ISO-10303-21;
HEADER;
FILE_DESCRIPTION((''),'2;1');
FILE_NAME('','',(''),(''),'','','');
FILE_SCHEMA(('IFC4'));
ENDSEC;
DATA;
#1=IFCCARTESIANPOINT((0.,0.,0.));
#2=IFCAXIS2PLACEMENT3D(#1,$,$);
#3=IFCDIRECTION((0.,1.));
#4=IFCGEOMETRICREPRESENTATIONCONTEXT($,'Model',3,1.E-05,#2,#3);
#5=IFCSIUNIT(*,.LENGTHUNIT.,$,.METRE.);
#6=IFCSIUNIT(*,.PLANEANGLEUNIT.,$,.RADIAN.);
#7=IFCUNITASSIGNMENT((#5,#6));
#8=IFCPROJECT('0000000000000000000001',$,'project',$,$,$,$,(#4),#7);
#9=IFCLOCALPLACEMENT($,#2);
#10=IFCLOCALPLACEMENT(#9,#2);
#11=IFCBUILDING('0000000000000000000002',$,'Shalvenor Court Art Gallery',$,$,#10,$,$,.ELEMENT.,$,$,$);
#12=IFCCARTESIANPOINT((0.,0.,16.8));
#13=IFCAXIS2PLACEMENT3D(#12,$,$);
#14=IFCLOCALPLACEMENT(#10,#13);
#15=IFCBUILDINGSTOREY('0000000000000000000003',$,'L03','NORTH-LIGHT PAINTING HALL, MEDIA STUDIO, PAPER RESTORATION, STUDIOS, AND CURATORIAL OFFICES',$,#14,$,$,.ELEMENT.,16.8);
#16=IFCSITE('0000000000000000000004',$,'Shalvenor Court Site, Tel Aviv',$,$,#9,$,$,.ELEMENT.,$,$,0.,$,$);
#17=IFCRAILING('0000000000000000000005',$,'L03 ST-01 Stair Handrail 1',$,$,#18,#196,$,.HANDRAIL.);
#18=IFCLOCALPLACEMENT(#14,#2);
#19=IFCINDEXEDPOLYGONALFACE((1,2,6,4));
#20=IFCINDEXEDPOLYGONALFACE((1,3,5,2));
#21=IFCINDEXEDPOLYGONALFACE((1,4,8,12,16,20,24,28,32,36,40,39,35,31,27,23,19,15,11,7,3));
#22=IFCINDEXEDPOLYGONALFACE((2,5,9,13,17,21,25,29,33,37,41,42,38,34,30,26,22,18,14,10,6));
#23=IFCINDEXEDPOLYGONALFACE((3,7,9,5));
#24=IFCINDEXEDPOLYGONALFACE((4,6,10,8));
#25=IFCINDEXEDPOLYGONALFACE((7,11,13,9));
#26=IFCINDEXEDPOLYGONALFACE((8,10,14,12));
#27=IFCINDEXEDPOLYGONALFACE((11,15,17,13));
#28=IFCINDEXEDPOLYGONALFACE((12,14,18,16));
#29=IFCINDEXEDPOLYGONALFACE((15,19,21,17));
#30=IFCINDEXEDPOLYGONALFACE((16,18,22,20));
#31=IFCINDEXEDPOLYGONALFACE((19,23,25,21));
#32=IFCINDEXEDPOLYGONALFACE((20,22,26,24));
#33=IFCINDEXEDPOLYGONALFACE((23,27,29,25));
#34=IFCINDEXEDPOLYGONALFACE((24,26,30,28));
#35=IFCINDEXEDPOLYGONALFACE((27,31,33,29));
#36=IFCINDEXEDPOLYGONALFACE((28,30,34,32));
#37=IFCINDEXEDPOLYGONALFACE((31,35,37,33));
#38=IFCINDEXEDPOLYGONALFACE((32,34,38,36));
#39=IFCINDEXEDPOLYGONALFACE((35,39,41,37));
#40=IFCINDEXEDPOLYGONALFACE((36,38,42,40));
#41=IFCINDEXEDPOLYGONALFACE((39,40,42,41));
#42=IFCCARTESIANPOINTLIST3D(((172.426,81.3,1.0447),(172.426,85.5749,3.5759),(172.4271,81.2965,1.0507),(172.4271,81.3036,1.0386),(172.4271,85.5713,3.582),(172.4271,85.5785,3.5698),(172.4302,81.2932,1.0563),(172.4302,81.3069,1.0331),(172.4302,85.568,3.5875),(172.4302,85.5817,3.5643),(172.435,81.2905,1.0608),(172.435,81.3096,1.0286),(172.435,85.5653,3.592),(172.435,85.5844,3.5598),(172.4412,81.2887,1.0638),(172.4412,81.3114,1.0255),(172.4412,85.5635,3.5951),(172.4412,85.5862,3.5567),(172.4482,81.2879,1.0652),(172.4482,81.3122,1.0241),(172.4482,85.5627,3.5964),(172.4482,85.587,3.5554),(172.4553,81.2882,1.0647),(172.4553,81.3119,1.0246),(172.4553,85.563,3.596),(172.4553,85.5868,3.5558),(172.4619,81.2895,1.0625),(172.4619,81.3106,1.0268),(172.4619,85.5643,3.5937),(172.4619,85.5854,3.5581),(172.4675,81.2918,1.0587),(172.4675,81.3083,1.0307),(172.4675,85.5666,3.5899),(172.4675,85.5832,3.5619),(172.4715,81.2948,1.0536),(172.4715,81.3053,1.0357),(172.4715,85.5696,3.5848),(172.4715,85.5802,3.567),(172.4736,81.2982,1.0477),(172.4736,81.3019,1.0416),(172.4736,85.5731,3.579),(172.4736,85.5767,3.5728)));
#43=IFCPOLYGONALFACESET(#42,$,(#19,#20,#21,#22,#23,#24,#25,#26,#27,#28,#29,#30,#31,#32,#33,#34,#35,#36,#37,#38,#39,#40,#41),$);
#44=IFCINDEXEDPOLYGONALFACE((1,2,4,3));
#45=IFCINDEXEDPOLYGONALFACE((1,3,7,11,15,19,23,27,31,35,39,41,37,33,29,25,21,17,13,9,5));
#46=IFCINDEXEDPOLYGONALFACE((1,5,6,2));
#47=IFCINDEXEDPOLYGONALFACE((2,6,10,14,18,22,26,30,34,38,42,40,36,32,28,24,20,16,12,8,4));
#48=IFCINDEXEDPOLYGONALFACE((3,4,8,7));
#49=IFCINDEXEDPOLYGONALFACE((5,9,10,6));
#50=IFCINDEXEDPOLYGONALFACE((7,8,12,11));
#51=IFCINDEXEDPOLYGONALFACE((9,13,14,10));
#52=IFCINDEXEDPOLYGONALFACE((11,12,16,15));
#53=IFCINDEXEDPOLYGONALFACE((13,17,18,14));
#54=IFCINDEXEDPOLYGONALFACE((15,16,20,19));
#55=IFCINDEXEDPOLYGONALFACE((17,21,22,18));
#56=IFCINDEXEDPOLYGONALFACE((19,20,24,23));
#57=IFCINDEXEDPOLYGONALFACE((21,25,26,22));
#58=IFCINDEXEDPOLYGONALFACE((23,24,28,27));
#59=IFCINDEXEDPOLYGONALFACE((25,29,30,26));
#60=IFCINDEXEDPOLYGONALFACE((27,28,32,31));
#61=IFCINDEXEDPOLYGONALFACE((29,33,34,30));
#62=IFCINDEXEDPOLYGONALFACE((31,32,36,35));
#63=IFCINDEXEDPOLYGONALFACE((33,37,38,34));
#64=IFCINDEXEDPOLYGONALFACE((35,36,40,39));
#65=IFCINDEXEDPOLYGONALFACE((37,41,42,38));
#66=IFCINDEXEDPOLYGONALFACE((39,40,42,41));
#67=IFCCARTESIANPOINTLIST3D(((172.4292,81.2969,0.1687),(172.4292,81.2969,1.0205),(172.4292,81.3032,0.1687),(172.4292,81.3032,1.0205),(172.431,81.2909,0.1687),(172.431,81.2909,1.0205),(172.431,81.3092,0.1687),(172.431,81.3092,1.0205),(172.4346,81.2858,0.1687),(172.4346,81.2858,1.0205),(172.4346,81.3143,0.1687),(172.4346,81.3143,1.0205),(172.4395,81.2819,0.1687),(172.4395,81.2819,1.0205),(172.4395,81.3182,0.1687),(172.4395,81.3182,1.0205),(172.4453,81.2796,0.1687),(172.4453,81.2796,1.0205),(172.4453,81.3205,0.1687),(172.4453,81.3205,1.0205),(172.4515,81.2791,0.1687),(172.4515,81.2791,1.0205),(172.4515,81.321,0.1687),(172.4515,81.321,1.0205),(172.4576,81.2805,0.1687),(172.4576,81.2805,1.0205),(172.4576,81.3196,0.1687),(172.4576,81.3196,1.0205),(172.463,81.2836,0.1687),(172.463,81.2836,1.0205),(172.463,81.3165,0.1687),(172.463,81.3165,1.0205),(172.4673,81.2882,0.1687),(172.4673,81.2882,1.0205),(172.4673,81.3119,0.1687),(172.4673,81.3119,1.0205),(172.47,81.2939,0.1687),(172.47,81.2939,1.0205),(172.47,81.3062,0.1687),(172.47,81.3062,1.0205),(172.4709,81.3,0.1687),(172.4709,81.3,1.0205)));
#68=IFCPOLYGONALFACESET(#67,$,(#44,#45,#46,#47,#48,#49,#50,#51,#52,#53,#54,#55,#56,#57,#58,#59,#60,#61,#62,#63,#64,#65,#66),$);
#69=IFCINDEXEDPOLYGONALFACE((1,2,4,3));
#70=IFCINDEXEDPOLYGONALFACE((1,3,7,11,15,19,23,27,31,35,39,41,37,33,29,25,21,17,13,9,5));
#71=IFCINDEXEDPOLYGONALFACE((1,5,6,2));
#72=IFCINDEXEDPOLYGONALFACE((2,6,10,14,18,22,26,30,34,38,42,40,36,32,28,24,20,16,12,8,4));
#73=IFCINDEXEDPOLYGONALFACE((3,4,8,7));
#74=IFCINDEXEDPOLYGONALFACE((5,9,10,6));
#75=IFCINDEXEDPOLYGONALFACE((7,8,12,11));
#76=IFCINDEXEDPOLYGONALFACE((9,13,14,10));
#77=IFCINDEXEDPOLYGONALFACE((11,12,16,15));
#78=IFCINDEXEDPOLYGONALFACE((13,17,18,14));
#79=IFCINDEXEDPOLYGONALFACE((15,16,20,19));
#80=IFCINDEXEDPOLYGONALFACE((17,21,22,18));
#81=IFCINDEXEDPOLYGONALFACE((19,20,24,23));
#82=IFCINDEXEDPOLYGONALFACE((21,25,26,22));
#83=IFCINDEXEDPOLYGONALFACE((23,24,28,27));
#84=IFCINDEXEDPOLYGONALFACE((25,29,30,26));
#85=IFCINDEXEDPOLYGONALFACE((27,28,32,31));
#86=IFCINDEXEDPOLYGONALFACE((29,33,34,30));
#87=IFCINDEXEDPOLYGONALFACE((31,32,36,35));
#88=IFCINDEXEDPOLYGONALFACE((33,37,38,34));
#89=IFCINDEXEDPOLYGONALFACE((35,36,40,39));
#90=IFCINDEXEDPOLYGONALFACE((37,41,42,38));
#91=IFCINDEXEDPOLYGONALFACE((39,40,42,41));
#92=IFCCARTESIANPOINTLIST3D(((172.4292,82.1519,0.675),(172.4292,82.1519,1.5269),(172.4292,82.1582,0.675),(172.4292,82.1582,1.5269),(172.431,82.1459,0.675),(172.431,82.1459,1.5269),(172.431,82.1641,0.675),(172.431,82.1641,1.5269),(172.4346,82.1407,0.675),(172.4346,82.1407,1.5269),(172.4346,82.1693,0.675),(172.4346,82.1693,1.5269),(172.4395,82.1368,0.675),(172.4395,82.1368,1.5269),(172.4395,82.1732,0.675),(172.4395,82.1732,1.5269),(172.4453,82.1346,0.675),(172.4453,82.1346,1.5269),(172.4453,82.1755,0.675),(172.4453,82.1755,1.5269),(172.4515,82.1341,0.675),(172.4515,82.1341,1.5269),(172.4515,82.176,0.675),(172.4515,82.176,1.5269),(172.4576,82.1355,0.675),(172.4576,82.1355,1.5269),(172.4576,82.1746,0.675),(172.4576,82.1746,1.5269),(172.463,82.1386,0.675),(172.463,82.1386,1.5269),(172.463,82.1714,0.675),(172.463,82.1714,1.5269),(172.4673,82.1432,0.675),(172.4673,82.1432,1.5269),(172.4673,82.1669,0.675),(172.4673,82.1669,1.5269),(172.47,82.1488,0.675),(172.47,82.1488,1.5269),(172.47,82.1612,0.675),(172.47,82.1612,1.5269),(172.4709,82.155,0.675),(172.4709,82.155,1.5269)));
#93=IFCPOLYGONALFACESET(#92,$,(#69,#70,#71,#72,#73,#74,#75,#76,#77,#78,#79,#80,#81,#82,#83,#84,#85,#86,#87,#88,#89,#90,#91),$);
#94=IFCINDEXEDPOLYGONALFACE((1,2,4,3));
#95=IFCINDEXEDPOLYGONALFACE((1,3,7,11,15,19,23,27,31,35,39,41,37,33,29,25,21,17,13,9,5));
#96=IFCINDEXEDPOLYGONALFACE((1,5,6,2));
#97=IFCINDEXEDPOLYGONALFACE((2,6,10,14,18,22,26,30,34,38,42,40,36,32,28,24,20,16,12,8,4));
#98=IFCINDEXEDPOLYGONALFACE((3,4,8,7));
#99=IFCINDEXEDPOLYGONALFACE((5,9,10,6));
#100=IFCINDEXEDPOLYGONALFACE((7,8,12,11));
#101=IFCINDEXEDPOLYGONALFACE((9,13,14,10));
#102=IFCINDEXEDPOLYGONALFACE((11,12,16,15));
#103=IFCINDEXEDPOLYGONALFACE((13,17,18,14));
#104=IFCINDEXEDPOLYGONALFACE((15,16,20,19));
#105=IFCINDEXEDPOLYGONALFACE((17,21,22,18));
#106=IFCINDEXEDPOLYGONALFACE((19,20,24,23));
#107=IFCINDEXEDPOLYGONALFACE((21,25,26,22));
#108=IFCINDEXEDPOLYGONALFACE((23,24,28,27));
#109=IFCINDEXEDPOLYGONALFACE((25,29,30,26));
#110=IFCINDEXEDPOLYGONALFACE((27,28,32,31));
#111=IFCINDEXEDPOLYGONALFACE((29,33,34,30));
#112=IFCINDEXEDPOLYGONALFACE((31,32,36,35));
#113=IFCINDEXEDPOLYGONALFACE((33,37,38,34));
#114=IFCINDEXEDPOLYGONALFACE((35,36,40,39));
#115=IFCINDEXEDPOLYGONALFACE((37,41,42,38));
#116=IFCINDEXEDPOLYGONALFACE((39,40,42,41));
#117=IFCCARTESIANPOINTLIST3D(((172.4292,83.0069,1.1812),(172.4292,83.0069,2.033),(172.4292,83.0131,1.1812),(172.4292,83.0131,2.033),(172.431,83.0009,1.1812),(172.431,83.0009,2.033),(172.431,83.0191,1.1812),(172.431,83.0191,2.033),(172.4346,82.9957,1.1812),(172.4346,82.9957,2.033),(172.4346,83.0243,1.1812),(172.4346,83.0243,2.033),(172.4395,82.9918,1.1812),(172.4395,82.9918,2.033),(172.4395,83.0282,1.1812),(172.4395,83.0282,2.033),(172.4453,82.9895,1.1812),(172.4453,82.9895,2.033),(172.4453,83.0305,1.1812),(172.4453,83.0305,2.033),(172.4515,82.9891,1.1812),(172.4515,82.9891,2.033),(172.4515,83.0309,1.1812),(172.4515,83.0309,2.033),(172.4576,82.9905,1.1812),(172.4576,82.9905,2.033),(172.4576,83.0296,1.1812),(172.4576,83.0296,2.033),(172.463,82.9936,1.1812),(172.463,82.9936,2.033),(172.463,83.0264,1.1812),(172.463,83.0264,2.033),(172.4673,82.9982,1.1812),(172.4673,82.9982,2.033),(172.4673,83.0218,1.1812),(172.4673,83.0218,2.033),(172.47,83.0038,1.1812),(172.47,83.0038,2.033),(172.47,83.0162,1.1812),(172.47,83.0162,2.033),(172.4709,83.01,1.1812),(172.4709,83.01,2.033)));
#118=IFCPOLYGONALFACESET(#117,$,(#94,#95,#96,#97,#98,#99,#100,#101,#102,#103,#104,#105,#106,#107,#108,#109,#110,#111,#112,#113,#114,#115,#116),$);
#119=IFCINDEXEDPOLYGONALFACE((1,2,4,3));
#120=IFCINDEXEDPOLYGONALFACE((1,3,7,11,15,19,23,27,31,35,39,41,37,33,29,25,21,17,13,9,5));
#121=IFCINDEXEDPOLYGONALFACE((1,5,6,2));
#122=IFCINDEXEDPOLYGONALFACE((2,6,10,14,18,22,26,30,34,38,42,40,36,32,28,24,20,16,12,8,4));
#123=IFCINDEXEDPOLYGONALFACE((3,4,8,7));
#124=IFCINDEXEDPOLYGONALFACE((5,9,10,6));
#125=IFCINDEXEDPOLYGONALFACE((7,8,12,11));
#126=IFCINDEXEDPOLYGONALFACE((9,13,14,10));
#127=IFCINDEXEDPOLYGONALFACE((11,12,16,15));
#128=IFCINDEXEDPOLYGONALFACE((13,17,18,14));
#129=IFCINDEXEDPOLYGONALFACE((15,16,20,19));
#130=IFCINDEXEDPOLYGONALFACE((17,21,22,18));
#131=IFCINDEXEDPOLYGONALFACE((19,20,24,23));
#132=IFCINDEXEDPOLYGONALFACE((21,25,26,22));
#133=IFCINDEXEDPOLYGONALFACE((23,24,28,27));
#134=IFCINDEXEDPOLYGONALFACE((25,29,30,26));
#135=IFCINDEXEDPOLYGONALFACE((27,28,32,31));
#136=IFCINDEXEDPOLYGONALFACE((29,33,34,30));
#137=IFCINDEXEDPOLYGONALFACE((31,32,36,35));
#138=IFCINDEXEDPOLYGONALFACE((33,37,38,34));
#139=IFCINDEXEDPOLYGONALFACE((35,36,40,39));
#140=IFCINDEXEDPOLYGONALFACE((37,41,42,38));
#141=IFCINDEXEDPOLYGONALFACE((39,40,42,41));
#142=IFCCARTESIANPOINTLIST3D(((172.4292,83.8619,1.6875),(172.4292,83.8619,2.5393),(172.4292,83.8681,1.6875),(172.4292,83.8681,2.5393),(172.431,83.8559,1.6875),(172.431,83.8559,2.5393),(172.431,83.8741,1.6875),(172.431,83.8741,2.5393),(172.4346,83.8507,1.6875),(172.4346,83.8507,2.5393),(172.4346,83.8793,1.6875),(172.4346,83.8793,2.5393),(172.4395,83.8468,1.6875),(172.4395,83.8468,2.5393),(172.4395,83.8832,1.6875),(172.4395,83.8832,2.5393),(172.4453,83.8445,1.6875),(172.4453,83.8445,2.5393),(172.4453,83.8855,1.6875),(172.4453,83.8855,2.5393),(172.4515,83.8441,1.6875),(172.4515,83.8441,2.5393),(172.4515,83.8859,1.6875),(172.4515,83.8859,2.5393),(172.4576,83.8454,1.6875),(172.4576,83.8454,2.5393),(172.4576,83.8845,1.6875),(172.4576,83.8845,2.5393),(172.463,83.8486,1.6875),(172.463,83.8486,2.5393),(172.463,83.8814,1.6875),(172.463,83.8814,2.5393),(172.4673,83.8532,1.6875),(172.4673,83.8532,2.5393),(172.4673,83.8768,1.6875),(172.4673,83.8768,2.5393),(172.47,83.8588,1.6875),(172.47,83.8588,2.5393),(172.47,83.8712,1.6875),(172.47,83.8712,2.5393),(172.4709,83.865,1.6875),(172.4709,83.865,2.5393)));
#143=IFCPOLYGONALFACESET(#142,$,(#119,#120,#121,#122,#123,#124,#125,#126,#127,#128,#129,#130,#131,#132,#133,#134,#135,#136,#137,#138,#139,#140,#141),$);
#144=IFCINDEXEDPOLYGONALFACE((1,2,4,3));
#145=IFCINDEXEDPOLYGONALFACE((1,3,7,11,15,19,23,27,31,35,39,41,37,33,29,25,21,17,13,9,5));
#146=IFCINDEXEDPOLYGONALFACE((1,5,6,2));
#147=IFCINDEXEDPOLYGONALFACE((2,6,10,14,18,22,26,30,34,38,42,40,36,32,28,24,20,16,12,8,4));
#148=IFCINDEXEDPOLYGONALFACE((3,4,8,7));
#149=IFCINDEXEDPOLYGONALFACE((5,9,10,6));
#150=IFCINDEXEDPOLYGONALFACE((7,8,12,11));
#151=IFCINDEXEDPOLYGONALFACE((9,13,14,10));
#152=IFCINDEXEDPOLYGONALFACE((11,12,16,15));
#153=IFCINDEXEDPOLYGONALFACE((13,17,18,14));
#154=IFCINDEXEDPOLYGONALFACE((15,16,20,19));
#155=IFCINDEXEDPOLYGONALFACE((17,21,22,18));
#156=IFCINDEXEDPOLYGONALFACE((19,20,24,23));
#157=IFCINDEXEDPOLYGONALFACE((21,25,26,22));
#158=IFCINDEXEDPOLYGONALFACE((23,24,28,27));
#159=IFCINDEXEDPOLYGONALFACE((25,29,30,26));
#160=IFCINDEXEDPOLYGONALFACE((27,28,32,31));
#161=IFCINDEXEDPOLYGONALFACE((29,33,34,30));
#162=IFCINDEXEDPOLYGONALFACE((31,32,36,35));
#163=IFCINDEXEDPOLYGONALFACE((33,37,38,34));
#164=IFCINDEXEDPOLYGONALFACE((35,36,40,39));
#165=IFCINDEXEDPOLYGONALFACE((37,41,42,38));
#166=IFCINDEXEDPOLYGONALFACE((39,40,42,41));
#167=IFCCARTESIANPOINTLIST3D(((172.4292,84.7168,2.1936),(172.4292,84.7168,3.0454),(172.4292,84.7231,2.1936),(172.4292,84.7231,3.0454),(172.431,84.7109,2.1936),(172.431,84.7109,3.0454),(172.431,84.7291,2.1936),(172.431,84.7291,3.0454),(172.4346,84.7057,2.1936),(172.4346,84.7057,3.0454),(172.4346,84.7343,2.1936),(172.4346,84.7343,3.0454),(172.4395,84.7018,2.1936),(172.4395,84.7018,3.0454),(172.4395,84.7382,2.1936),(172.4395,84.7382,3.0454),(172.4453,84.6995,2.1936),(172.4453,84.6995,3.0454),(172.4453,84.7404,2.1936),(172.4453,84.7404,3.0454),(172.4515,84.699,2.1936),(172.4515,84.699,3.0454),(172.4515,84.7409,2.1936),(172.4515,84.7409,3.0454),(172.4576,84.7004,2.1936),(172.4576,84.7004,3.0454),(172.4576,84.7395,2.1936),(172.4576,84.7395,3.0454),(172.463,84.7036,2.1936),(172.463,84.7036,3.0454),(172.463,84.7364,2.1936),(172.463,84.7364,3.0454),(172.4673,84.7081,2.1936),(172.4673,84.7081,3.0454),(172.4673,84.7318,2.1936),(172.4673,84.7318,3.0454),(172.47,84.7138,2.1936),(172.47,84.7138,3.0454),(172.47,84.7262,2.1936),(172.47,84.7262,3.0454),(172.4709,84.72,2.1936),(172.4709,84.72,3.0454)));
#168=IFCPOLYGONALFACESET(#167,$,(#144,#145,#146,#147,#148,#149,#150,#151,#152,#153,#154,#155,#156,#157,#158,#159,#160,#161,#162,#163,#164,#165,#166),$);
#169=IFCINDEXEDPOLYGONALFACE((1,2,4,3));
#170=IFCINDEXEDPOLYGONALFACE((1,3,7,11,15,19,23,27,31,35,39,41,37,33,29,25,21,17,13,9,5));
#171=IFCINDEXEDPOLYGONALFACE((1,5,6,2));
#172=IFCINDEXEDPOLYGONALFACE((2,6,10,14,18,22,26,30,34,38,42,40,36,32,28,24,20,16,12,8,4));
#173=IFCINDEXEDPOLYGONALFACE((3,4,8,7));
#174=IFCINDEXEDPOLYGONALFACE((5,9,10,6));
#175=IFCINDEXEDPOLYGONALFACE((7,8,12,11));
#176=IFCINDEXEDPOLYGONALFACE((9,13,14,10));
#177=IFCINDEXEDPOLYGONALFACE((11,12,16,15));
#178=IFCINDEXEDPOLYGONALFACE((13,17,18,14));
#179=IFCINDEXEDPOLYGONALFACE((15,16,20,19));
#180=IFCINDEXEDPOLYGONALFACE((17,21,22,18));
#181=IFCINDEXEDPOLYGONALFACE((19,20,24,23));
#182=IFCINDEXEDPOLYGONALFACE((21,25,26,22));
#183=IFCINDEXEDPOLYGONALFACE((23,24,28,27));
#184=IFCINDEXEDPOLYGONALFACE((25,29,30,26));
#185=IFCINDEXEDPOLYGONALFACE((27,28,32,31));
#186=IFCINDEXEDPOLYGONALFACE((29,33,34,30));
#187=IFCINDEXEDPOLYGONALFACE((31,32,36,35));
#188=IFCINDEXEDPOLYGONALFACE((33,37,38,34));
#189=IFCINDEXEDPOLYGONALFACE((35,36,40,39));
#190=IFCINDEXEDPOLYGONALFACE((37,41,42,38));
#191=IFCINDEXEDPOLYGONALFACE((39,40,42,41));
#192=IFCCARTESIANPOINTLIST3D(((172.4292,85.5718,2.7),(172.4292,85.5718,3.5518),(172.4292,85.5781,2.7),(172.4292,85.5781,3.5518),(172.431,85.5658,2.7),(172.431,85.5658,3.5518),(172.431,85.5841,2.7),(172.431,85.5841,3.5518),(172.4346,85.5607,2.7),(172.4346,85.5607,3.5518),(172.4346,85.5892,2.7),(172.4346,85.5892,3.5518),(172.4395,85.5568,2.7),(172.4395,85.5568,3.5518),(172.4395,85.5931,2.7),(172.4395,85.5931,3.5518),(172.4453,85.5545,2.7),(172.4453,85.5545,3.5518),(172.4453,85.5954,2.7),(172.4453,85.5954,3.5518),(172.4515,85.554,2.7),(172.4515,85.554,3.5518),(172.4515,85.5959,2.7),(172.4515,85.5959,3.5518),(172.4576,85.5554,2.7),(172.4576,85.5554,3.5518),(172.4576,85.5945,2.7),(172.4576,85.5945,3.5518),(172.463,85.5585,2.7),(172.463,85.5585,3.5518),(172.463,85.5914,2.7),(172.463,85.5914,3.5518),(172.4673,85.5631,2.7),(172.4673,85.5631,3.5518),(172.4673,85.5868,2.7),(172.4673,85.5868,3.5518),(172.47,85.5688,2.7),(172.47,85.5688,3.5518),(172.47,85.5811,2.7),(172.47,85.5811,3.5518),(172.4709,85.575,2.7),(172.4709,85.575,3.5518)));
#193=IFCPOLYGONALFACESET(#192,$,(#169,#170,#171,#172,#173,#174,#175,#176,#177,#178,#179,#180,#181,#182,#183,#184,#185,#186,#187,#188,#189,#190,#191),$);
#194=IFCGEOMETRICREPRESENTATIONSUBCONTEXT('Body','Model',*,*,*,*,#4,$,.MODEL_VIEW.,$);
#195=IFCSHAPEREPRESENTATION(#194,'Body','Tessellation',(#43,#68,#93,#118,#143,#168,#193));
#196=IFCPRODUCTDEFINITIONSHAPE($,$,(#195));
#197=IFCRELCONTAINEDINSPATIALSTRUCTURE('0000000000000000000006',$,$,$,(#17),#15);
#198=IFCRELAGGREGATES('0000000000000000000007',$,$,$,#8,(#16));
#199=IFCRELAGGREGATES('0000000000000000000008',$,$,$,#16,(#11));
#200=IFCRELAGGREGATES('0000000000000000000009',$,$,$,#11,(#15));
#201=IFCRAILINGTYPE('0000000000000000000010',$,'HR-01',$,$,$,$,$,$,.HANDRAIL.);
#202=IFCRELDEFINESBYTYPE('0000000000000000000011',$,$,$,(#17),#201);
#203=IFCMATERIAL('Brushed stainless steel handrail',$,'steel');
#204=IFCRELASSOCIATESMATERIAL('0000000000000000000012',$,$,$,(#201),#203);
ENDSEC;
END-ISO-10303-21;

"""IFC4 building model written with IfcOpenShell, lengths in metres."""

from ifc_helpers import new_model, si_unit, direction, frame, origin, origin_2d, place, context, subcontext, project, spatial, circle, extrude, material, type_object, element, save


model = new_model("IFC4")

# Units and contexts
model_context = context("Model", 3, precision=1e-05, world=origin(), true_north=direction((0.0, 1.0)))
body_context = subcontext(model_context, "Body", "Model", "MODEL_VIEW")
ifc_project = project(units=[si_unit("LENGTHUNIT", "METRE"), si_unit("PLANEANGLEUNIT", "RADIAN")], contexts=[model_context])

# Site, building, storey
site_placement = place(None, origin())
site = spatial("IfcSite", under=ifc_project, at=site_placement, Name="Shalvenor Court Site, Tel Aviv", CompositionType="ELEMENT", RefElevation=0.0)
building_placement = place(site_placement, origin())
building = spatial("IfcBuilding", under=site, at=building_placement, Name="Shalvenor Court Art Gallery", CompositionType="ELEMENT")
storey_placement = place(building_placement, frame((0.0, 0.0, 16.8)))
storey = spatial("IfcBuildingStorey", under=building, at=storey_placement, Name="L03", Description="NORTH-LIGHT PAINTING HALL, MEDIA STUDIO, PAPER RESTORATION, STUDIOS, AND CURATORIAL OFFICES", CompositionType="ELEMENT", Elevation=16.8)

# Railing
ifc_material_1 = material(Name="Brushed stainless steel handrail", Category="steel")
railing_type_1 = type_object("IfcRailingType", Name="HR-01", PredefinedType="HANDRAIL", material=ifc_material_1)
railing_1_placement = place(storey_placement, frame((172.45, 81.3, 0.1687)))
element("IfcRailing", 1, at=railing_1_placement, inside=storey, type_object=railing_type_1, Name="L03 ST-01 Stair Handrail 1", PredefinedType="HANDRAIL", context=body_context, shape_type="SweptSolid", body=[
    extrude(circle(Radius=0.0239, at=origin_2d()), frame((0.0, 0.0, 0.876), z_axis=(0.0, 0.86047, 0.509501), x_axis=(-1.0, 0.0, 0.0)), (0.0, 0.0, 1.0), 4.968),
    extrude(circle(Radius=0.021, at=origin_2d()), origin(), (0.0, 0.0, 1.0), 0.8518),
    extrude(circle(Radius=0.021, at=origin_2d()), frame((0.0, 0.855, 0.5063)), (0.0, 0.0, 1.0), 0.8518),
    extrude(circle(Radius=0.021, at=origin_2d()), frame((0.0, 1.71, 1.0125)), (0.0, 0.0, 1.0), 0.8518),
    extrude(circle(Radius=0.021, at=origin_2d()), frame((0.0, 2.5649, 1.5188)), (0.0, 0.0, 1.0), 0.8518),
    extrude(circle(Radius=0.021, at=origin_2d()), frame((0.0, 3.4199, 2.0249)), (0.0, 0.0, 1.0), 0.8518),
    extrude(circle(Radius=0.021, at=origin_2d()), frame((0.0, 4.2749, 2.5312)), (0.0, 0.0, 1.0), 0.8518),
])

save(model, "model.ifc")
